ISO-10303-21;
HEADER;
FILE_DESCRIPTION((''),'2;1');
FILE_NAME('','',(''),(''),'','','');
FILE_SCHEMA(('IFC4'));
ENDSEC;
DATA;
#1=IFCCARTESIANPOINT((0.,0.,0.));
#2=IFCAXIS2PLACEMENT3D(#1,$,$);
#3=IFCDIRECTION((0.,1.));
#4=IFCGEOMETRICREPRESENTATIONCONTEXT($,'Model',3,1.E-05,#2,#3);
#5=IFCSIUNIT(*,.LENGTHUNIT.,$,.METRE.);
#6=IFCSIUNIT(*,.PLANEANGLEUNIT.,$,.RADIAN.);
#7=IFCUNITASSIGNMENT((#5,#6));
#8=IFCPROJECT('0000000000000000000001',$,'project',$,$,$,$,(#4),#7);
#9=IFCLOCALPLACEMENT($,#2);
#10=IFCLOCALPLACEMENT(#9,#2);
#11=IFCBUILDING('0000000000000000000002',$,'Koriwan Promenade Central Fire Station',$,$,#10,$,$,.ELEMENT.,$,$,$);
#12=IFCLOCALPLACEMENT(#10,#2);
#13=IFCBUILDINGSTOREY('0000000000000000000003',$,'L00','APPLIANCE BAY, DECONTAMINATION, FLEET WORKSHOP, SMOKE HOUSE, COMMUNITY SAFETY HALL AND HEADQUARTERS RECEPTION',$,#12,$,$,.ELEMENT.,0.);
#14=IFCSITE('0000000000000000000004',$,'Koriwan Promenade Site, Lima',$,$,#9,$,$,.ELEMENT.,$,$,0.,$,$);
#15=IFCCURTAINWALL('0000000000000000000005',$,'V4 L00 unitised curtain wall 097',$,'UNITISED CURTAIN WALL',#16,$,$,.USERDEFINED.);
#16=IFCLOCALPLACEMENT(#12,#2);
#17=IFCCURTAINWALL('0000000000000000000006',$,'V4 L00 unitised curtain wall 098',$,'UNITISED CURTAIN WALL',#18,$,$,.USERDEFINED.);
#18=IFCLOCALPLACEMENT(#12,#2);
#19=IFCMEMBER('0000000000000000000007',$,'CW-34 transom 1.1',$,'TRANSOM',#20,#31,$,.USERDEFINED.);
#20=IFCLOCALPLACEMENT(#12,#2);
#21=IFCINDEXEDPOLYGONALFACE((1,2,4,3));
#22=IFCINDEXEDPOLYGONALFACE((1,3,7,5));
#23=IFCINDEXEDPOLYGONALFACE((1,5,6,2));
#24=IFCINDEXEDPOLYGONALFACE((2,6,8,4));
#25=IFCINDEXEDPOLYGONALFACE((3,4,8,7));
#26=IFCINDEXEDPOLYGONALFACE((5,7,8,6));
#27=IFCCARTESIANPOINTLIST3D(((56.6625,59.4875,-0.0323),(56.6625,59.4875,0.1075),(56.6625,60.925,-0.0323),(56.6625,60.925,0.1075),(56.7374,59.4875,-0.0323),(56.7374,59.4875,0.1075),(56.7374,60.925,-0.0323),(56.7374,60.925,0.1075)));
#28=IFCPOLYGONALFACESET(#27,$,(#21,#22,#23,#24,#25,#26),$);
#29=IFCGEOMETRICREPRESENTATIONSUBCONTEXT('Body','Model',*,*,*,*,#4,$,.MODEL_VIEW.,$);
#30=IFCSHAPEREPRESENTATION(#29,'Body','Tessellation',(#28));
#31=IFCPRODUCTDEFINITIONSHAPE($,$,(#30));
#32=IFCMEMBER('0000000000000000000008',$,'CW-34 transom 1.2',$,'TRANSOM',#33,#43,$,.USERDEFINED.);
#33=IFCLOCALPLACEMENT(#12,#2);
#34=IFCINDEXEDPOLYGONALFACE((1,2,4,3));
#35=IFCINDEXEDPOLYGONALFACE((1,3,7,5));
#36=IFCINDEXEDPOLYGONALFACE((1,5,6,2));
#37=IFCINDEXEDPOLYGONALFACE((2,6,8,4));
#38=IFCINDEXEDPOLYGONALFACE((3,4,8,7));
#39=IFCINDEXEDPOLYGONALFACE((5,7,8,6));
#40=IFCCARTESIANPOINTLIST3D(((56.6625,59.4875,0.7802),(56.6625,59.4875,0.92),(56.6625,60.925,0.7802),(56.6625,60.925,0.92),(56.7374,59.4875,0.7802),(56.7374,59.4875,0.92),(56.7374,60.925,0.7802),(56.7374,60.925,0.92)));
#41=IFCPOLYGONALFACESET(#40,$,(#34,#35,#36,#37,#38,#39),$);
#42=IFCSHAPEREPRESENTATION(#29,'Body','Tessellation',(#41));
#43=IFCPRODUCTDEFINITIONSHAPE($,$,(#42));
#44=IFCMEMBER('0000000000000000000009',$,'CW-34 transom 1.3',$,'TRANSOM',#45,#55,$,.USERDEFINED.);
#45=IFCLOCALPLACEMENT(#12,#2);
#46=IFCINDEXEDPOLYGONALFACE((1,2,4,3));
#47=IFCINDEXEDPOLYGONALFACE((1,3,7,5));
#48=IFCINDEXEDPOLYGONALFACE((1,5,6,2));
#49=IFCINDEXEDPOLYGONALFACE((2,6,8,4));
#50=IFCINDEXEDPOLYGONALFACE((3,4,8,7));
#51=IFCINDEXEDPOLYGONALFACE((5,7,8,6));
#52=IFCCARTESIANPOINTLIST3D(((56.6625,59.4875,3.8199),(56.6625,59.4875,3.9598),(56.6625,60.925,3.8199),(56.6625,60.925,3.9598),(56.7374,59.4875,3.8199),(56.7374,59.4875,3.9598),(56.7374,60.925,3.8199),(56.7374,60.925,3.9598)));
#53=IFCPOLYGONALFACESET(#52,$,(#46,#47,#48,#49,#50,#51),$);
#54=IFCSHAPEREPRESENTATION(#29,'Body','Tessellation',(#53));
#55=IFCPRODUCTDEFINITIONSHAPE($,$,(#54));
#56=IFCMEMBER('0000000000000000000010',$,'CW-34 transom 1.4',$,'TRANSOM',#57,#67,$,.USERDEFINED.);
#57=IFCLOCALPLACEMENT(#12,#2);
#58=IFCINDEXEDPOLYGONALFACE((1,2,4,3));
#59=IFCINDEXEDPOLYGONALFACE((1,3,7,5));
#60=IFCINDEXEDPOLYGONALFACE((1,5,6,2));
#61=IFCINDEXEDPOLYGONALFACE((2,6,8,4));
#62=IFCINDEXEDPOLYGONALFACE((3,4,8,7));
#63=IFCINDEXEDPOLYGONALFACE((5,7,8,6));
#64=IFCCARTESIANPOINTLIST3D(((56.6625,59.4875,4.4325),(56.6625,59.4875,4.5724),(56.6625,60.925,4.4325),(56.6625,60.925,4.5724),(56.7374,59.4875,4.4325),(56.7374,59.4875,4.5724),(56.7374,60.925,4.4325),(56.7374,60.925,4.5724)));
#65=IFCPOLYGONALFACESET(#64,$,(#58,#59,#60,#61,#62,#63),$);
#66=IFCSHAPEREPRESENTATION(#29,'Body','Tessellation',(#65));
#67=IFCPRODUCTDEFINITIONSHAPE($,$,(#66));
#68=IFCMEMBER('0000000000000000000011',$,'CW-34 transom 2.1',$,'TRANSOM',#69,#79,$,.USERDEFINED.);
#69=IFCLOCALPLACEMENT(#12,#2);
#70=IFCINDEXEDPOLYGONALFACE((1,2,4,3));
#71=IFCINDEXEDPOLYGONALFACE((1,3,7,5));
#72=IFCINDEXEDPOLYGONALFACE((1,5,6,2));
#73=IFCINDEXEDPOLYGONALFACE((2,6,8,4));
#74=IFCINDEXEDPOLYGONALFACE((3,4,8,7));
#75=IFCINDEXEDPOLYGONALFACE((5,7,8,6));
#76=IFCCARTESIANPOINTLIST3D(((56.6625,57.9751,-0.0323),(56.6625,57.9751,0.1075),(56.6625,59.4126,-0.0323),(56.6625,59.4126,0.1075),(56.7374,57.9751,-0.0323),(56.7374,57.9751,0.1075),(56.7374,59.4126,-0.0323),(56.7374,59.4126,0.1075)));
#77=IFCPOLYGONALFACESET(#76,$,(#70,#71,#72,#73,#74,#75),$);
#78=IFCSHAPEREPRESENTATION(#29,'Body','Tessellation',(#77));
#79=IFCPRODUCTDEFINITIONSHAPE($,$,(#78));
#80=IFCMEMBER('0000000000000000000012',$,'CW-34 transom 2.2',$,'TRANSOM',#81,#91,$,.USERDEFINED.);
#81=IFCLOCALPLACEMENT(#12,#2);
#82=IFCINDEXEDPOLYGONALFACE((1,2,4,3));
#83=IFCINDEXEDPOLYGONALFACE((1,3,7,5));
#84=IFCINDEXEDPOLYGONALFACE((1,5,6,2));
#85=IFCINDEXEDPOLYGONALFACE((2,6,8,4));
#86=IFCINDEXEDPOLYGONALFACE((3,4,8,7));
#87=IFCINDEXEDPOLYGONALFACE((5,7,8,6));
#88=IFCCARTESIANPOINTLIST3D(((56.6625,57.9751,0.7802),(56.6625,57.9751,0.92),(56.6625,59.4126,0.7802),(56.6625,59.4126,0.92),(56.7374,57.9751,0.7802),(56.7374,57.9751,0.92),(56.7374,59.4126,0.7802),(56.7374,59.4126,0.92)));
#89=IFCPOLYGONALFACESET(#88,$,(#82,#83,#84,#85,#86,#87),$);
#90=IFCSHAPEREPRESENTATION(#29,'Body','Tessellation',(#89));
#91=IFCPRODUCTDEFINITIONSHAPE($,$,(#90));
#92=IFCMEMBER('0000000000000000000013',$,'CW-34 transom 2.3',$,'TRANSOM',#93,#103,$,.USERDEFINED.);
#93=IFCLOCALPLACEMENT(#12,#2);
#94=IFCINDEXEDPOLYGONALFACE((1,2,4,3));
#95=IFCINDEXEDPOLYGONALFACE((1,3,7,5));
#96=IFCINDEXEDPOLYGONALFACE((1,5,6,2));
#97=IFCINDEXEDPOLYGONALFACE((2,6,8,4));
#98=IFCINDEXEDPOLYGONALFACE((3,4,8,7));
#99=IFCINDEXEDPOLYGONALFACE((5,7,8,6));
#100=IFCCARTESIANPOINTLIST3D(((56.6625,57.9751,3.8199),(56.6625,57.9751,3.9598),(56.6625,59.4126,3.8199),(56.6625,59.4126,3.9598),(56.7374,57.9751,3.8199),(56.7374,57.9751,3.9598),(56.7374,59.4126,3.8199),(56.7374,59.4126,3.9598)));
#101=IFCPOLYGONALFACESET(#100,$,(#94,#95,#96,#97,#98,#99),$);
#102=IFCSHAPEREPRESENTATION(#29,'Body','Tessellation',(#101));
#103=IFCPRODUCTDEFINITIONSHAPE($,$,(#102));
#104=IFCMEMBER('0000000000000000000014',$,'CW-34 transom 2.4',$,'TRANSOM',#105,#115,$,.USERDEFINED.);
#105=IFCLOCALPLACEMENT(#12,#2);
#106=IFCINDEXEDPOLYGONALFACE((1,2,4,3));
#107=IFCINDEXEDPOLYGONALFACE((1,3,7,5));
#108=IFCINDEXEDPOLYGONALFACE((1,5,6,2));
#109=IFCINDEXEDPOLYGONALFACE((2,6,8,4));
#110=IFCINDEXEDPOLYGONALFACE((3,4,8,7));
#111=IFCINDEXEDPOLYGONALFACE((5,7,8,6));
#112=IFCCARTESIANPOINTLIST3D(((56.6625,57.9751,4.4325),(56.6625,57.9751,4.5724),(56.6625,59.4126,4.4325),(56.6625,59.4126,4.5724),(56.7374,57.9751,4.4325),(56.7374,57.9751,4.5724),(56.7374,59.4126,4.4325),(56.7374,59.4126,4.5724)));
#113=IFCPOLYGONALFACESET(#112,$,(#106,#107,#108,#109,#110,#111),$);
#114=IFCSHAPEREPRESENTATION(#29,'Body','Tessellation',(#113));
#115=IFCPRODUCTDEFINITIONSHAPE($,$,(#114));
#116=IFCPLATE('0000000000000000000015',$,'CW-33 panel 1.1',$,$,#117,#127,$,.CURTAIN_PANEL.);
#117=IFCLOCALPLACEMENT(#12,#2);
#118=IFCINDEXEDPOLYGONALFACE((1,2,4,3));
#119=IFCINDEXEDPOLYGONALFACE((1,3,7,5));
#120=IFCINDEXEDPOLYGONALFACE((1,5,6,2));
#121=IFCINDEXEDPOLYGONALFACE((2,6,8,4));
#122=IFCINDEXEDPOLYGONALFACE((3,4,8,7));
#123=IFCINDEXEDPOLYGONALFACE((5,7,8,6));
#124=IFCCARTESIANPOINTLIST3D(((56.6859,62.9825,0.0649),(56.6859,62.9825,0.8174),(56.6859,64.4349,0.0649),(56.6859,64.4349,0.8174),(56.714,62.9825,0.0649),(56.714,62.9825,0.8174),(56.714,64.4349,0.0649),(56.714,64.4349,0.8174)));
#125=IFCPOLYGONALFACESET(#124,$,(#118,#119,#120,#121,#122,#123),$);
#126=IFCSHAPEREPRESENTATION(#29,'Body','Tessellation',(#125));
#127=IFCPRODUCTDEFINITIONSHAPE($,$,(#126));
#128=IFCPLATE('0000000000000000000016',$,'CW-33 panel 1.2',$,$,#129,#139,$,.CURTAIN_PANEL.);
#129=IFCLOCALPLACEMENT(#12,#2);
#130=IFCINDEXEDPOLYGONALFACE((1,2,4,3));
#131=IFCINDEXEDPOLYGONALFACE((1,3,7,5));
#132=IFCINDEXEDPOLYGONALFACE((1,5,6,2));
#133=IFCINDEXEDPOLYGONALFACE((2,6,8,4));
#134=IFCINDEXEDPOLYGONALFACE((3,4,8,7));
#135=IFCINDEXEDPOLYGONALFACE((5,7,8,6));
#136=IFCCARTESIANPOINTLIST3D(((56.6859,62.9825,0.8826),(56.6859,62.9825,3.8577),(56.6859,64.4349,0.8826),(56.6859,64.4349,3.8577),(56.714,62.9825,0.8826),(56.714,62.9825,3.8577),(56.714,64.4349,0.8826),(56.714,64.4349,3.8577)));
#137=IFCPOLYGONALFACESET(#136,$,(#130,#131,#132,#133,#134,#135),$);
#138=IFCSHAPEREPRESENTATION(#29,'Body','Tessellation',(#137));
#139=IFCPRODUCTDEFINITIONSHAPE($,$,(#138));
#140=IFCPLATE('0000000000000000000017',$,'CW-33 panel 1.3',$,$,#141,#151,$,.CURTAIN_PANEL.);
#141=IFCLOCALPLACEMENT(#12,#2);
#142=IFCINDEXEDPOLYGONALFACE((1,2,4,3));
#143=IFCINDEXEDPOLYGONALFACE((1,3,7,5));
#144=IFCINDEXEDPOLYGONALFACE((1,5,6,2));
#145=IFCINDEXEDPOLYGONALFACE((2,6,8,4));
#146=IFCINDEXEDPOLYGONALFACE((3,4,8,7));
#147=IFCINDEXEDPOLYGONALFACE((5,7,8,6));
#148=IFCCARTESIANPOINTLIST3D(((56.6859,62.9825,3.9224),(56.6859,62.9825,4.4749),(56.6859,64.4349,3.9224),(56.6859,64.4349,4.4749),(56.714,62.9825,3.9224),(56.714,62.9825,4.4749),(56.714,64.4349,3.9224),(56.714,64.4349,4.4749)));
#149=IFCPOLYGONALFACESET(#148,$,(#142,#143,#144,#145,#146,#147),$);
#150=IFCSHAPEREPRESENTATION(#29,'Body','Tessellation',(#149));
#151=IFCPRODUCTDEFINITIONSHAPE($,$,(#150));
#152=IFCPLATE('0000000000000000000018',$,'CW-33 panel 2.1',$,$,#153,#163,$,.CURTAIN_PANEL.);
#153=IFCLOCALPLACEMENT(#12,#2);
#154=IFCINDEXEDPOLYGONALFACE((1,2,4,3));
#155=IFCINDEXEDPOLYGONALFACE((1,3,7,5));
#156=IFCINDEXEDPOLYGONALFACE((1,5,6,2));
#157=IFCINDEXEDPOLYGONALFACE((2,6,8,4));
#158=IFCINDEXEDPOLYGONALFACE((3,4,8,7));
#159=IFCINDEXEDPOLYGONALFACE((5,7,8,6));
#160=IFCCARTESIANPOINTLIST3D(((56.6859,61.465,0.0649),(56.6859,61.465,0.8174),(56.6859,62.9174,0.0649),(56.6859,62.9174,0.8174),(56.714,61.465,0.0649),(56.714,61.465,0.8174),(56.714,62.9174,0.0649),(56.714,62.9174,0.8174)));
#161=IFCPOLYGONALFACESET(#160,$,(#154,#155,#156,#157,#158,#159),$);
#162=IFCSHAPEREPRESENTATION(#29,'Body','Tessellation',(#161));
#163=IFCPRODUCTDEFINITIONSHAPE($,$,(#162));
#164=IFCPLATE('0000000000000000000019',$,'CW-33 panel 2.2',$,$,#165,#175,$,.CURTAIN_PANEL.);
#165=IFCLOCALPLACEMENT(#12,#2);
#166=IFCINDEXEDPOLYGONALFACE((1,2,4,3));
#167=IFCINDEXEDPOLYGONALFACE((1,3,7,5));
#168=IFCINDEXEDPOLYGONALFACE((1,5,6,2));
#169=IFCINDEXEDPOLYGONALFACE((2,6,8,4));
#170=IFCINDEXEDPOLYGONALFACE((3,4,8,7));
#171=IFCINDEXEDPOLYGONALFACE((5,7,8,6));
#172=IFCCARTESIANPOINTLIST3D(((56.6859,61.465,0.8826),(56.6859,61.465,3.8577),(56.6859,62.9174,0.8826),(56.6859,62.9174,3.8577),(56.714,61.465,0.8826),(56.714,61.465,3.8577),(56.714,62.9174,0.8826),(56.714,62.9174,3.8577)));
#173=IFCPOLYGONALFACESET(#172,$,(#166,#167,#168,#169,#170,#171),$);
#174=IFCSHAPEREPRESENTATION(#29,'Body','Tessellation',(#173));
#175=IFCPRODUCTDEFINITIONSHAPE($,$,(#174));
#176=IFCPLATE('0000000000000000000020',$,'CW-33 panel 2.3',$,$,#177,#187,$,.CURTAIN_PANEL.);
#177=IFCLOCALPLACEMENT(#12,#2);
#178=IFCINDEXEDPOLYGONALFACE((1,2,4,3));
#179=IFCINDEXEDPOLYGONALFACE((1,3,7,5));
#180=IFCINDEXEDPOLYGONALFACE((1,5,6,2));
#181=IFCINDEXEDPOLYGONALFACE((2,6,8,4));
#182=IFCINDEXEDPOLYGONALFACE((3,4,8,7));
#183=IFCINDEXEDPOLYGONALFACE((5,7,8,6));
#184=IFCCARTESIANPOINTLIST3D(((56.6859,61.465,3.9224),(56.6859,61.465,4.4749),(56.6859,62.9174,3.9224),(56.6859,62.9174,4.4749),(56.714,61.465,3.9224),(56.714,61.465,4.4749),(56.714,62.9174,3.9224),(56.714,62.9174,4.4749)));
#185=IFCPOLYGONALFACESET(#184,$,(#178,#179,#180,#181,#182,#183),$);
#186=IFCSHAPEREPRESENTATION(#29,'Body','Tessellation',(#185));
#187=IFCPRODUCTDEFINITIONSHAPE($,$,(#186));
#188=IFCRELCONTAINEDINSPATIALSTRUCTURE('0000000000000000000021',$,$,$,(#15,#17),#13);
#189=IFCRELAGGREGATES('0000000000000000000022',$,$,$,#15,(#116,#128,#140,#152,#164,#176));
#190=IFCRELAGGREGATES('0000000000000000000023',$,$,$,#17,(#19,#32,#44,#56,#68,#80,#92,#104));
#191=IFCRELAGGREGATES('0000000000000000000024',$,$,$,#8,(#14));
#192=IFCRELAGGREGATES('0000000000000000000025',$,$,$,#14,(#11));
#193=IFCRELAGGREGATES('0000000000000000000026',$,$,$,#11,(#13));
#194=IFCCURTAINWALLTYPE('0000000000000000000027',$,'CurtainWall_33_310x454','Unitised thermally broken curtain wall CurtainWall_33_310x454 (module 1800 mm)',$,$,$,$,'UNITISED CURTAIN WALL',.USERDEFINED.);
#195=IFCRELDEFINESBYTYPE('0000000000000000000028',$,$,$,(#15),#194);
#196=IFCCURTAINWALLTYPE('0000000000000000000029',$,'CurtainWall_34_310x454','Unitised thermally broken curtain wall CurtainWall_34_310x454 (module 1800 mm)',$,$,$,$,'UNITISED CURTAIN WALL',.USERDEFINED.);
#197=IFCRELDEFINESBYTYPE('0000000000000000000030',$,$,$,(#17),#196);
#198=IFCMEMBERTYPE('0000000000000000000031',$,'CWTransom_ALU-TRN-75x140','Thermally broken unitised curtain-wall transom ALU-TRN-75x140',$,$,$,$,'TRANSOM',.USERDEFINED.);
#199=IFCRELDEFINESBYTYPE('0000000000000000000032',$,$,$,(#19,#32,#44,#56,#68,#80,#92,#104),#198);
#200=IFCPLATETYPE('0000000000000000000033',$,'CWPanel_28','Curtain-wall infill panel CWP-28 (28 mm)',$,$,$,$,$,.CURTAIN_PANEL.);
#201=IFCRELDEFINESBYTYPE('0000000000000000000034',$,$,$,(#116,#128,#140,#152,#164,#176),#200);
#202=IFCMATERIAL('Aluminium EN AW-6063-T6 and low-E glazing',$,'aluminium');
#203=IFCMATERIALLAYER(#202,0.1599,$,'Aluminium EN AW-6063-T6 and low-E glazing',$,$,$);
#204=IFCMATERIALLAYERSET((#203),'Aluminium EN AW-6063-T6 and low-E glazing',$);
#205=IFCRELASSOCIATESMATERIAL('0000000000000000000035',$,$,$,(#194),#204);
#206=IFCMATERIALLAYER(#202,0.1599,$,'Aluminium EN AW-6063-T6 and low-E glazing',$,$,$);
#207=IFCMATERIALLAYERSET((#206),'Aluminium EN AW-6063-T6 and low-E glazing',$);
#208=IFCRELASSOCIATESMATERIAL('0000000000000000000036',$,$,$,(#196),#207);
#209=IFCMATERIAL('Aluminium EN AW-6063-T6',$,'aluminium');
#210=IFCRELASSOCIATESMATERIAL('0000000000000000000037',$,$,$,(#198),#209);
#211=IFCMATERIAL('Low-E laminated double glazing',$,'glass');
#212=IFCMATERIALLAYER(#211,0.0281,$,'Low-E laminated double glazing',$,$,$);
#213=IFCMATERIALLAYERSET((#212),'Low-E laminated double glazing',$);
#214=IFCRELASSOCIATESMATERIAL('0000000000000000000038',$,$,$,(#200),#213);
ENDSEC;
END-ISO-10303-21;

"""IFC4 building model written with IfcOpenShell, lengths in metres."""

from ifc_helpers import new_model, si_unit, direction, frame, origin, origin_2d, place, context, subcontext, project, spatial, rectangle, extrude, material, layer, layer_set, material_profile, profile_set, type_object, element, aggregate, save


model = new_model("IFC4")

# Units and contexts
model_context = context("Model", 3, precision=1e-05, world=origin(), true_north=direction((0.0, 1.0)))
body_context = subcontext(model_context, "Body", "Model", "MODEL_VIEW")
ifc_project = project(units=[si_unit("LENGTHUNIT", "METRE"), si_unit("PLANEANGLEUNIT", "RADIAN")], contexts=[model_context])

# Site, building, storey
site_placement = place(None, origin())
site = spatial("IfcSite", under=ifc_project, at=site_placement, Name="Koriwan Promenade Site, Lima", CompositionType="ELEMENT", RefElevation=0.0)
building_placement = place(site_placement, origin())
building = spatial("IfcBuilding", under=site, at=building_placement, Name="Koriwan Promenade Central Fire Station", CompositionType="ELEMENT")
storey_placement = place(building_placement, origin())
storey = spatial("IfcBuildingStorey", under=building, at=storey_placement, Name="L00", Description="APPLIANCE BAY, DECONTAMINATION, FLEET WORKSHOP, SMOKE HOUSE, COMMUNITY SAFETY HALL AND HEADQUARTERS RECEPTION", CompositionType="ELEMENT", Elevation=0.0)

# Curtain walls
ifc_material_1 = material(Name="Aluminium EN AW-6063-T6 and low-E glazing", Category="aluminium")
ifc_layer_1 = layer(ifc_material_1, 0.1599, Name="Aluminium EN AW-6063-T6 and low-E glazing")
ifc_layer_set_1 = layer_set([ifc_layer_1], Name="Aluminium EN AW-6063-T6 and low-E glazing")
curtain_wall_type_1 = type_object("IfcCurtainWallType", Name="CurtainWall_33_310x454", Description="Unitised thermally broken curtain wall CurtainWall_33_310x454 (module 1800 mm)", ElementType="UNITISED CURTAIN WALL", PredefinedType="USERDEFINED", material=ifc_layer_set_1)
curtain_wall_1_placement = place(storey_placement, origin())
curtain_wall_1 = element("IfcCurtainWall", 1, at=curtain_wall_1_placement, inside=storey, type_object=curtain_wall_type_1, Name="V4 L00 unitised curtain wall 097", ObjectType="UNITISED CURTAIN WALL", PredefinedType="USERDEFINED")
ifc_material_2 = material(Name="Aluminium EN AW-6063-T6", Category="aluminium")
ifc_layer_2 = layer(ifc_material_1, 0.1599, Name="Aluminium EN AW-6063-T6 and low-E glazing")
ifc_layer_set_2 = layer_set([ifc_layer_2], Name="Aluminium EN AW-6063-T6 and low-E glazing")
curtain_wall_type_2 = type_object("IfcCurtainWallType", Name="CurtainWall_34_310x454", Description="Unitised thermally broken curtain wall CurtainWall_34_310x454 (module 1800 mm)", ElementType="UNITISED CURTAIN WALL", PredefinedType="USERDEFINED", material=ifc_layer_set_2)
curtain_wall_2_placement = place(storey_placement, origin())
curtain_wall_2 = element("IfcCurtainWall", 2, at=curtain_wall_2_placement, inside=storey, type_object=curtain_wall_type_2, Name="V4 L00 unitised curtain wall 098", ObjectType="UNITISED CURTAIN WALL", PredefinedType="USERDEFINED")

# Members
ifc_material_profile_1 = material_profile(ifc_material_2, rectangle(XDim=0.075, YDim=0.1399, at=origin_2d()), Name="ALU-TRN-75x140")
ifc_profile_set_1 = profile_set([ifc_material_profile_1], Name="Aluminium EN AW-6063-T6")
member_type_1 = type_object("IfcMemberType", Name="CWTransom_ALU-TRN-75x140", Description="Thermally broken unitised curtain-wall transom ALU-TRN-75x140", ElementType="TRANSOM", PredefinedType="USERDEFINED", material=ifc_profile_set_1)
member_1_placement = place(storey_placement, frame((56.7, 60.925, 0.0376), z_axis=(0.0, -1.0, 0.0), x_axis=(1.0, 0.0, 0.0)))
member_1 = element("IfcMember", 3, at=member_1_placement, type_object=member_type_1, Name="CW-34 transom 1.1", ObjectType="TRANSOM", PredefinedType="USERDEFINED", context=body_context, shape_type="SweptSolid", body=[
    extrude(rectangle(XDim=0.075, YDim=0.1399, at=origin_2d()), origin(), (0.0, 0.0, 1.0), 1.4375),
])
member_2_placement = place(storey_placement, frame((56.7, 60.925, 0.8501), z_axis=(0.0, -1.0, 0.0), x_axis=(1.0, 0.0, 0.0)))
member_2 = element("IfcMember", 4, at=member_2_placement, type_object=member_type_1, Name="CW-34 transom 1.2", ObjectType="TRANSOM", PredefinedType="USERDEFINED", context=body_context, shape_type="SweptSolid", body=[
    extrude(rectangle(XDim=0.075, YDim=0.1399, at=origin_2d()), origin(), (0.0, 0.0, 1.0), 1.4375),
])
member_3_placement = place(storey_placement, frame((56.7, 60.925, 3.8899), z_axis=(0.0, -1.0, 0.0), x_axis=(1.0, 0.0, 0.0)))
member_3 = element("IfcMember", 5, at=member_3_placement, type_object=member_type_1, Name="CW-34 transom 1.3", ObjectType="TRANSOM", PredefinedType="USERDEFINED", context=body_context, shape_type="SweptSolid", body=[
    extrude(rectangle(XDim=0.075, YDim=0.1399, at=origin_2d()), origin(), (0.0, 0.0, 1.0), 1.4375),
])
member_4_placement = place(storey_placement, frame((56.7, 60.925, 4.5024), z_axis=(0.0, -1.0, 0.0), x_axis=(1.0, 0.0, 0.0)))
member_4 = element("IfcMember", 6, at=member_4_placement, type_object=member_type_1, Name="CW-34 transom 1.4", ObjectType="TRANSOM", PredefinedType="USERDEFINED", context=body_context, shape_type="SweptSolid", body=[
    extrude(rectangle(XDim=0.075, YDim=0.1399, at=origin_2d()), origin(), (0.0, 0.0, 1.0), 1.4375),
])
member_5_placement = place(storey_placement, frame((56.7, 59.4126, 0.0376), z_axis=(0.0, -1.0, 0.0), x_axis=(1.0, 0.0, 0.0)))
member_5 = element("IfcMember", 7, at=member_5_placement, type_object=member_type_1, Name="CW-34 transom 2.1", ObjectType="TRANSOM", PredefinedType="USERDEFINED", context=body_context, shape_type="SweptSolid", body=[
    extrude(rectangle(XDim=0.075, YDim=0.1399, at=origin_2d()), origin(), (0.0, 0.0, 1.0), 1.4375),
])
member_6_placement = place(storey_placement, frame((56.7, 59.4126, 0.8501), z_axis=(0.0, -1.0, 0.0), x_axis=(1.0, 0.0, 0.0)))
member_6 = element("IfcMember", 8, at=member_6_placement, type_object=member_type_1, Name="CW-34 transom 2.2", ObjectType="TRANSOM", PredefinedType="USERDEFINED", context=body_context, shape_type="SweptSolid", body=[
    extrude(rectangle(XDim=0.075, YDim=0.1399, at=origin_2d()), origin(), (0.0, 0.0, 1.0), 1.4375),
])
member_7_placement = place(storey_placement, frame((56.7, 59.4126, 3.8899), z_axis=(0.0, -1.0, 0.0), x_axis=(1.0, 0.0, 0.0)))
member_7 = element("IfcMember", 9, at=member_7_placement, type_object=member_type_1, Name="CW-34 transom 2.3", ObjectType="TRANSOM", PredefinedType="USERDEFINED", context=body_context, shape_type="SweptSolid", body=[
    extrude(rectangle(XDim=0.075, YDim=0.1399, at=origin_2d()), origin(), (0.0, 0.0, 1.0), 1.4375),
])
member_8_placement = place(storey_placement, frame((56.7, 59.4126, 4.5024), z_axis=(0.0, -1.0, 0.0), x_axis=(1.0, 0.0, 0.0)))
member_8 = element("IfcMember", 10, at=member_8_placement, type_object=member_type_1, Name="CW-34 transom 2.4", ObjectType="TRANSOM", PredefinedType="USERDEFINED", context=body_context, shape_type="SweptSolid", body=[
    extrude(rectangle(XDim=0.075, YDim=0.1399, at=origin_2d()), origin(), (0.0, 0.0, 1.0), 1.4375),
])

# Plates
ifc_material_3 = material(Name="Low-E laminated double glazing", Category="glass")
ifc_layer_3 = layer(ifc_material_3, 0.0281, Name="Low-E laminated double glazing")
ifc_layer_set_3 = layer_set([ifc_layer_3], Name="Low-E laminated double glazing")
plate_type_1 = type_object("IfcPlateType", Name="CWPanel_28", Description="Curtain-wall infill panel CWP-28 (28 mm)", PredefinedType="CURTAIN_PANEL", material=ifc_layer_set_3)
plate_1_placement = place(storey_placement, frame((56.7, 63.7087, 0.0649), z_axis=(0.0, 0.0, 1.0), x_axis=(0.0, -1.0, 0.0)))
plate_1 = element("IfcPlate", 11, at=plate_1_placement, type_object=plate_type_1, Name="CW-33 panel 1.1", PredefinedType="CURTAIN_PANEL", context=body_context, shape_type="SweptSolid", body=[
    extrude(rectangle(XDim=1.4524, YDim=0.0281, at=origin_2d()), origin(), (0.0, 0.0, 1.0), 0.7524),
])
plate_2_placement = place(storey_placement, frame((56.7, 63.7087, 0.8826), z_axis=(0.0, 0.0, 1.0), x_axis=(0.0, -1.0, 0.0)))
plate_2 = element("IfcPlate", 12, at=plate_2_placement, type_object=plate_type_1, Name="CW-33 panel 1.2", PredefinedType="CURTAIN_PANEL", context=body_context, shape_type="SweptSolid", body=[
    extrude(rectangle(XDim=1.4524, YDim=0.0281, at=origin_2d()), origin(), (0.0, 0.0, 1.0), 2.9751),
])
plate_3_placement = place(storey_placement, frame((56.7, 63.7087, 3.9224), z_axis=(0.0, 0.0, 1.0), x_axis=(0.0, -1.0, 0.0)))
plate_3 = element("IfcPlate", 13, at=plate_3_placement, type_object=plate_type_1, Name="CW-33 panel 1.3", PredefinedType="CURTAIN_PANEL", context=body_context, shape_type="SweptSolid", body=[
    extrude(rectangle(XDim=1.4524, YDim=0.0281, at=origin_2d()), origin(), (0.0, 0.0, 1.0), 0.5525),
])
plate_4_placement = place(storey_placement, frame((56.7, 62.1912, 0.0649), z_axis=(0.0, 0.0, 1.0), x_axis=(0.0, -1.0, 0.0)))
plate_4 = element("IfcPlate", 14, at=plate_4_placement, type_object=plate_type_1, Name="CW-33 panel 2.1", PredefinedType="CURTAIN_PANEL", context=body_context, shape_type="SweptSolid", body=[
    extrude(rectangle(XDim=1.4524, YDim=0.0281, at=origin_2d()), origin(), (0.0, 0.0, 1.0), 0.7524),
])
plate_5_placement = place(storey_placement, frame((56.7, 62.1912, 0.8826), z_axis=(0.0, 0.0, 1.0), x_axis=(0.0, -1.0, 0.0)))
plate_5 = element("IfcPlate", 15, at=plate_5_placement, type_object=plate_type_1, Name="CW-33 panel 2.2", PredefinedType="CURTAIN_PANEL", context=body_context, shape_type="SweptSolid", body=[
    extrude(rectangle(XDim=1.4524, YDim=0.0281, at=origin_2d()), origin(), (0.0, 0.0, 1.0), 2.9751),
])
plate_6_placement = place(storey_placement, frame((56.7, 62.1912, 3.9224), z_axis=(0.0, 0.0, 1.0), x_axis=(0.0, -1.0, 0.0)))
plate_6 = element("IfcPlate", 16, at=plate_6_placement, type_object=plate_type_1, Name="CW-33 panel 2.3", PredefinedType="CURTAIN_PANEL", context=body_context, shape_type="SweptSolid", body=[
    extrude(rectangle(XDim=1.4524, YDim=0.0281, at=origin_2d()), origin(), (0.0, 0.0, 1.0), 0.5525),
])
aggregate(curtain_wall_1, [plate_1, plate_2, plate_3, plate_4, plate_5, plate_6])
aggregate(curtain_wall_2, [member_1, member_2, member_3, member_4, member_5, member_6, member_7, member_8])

save(model, "model.ifc")
